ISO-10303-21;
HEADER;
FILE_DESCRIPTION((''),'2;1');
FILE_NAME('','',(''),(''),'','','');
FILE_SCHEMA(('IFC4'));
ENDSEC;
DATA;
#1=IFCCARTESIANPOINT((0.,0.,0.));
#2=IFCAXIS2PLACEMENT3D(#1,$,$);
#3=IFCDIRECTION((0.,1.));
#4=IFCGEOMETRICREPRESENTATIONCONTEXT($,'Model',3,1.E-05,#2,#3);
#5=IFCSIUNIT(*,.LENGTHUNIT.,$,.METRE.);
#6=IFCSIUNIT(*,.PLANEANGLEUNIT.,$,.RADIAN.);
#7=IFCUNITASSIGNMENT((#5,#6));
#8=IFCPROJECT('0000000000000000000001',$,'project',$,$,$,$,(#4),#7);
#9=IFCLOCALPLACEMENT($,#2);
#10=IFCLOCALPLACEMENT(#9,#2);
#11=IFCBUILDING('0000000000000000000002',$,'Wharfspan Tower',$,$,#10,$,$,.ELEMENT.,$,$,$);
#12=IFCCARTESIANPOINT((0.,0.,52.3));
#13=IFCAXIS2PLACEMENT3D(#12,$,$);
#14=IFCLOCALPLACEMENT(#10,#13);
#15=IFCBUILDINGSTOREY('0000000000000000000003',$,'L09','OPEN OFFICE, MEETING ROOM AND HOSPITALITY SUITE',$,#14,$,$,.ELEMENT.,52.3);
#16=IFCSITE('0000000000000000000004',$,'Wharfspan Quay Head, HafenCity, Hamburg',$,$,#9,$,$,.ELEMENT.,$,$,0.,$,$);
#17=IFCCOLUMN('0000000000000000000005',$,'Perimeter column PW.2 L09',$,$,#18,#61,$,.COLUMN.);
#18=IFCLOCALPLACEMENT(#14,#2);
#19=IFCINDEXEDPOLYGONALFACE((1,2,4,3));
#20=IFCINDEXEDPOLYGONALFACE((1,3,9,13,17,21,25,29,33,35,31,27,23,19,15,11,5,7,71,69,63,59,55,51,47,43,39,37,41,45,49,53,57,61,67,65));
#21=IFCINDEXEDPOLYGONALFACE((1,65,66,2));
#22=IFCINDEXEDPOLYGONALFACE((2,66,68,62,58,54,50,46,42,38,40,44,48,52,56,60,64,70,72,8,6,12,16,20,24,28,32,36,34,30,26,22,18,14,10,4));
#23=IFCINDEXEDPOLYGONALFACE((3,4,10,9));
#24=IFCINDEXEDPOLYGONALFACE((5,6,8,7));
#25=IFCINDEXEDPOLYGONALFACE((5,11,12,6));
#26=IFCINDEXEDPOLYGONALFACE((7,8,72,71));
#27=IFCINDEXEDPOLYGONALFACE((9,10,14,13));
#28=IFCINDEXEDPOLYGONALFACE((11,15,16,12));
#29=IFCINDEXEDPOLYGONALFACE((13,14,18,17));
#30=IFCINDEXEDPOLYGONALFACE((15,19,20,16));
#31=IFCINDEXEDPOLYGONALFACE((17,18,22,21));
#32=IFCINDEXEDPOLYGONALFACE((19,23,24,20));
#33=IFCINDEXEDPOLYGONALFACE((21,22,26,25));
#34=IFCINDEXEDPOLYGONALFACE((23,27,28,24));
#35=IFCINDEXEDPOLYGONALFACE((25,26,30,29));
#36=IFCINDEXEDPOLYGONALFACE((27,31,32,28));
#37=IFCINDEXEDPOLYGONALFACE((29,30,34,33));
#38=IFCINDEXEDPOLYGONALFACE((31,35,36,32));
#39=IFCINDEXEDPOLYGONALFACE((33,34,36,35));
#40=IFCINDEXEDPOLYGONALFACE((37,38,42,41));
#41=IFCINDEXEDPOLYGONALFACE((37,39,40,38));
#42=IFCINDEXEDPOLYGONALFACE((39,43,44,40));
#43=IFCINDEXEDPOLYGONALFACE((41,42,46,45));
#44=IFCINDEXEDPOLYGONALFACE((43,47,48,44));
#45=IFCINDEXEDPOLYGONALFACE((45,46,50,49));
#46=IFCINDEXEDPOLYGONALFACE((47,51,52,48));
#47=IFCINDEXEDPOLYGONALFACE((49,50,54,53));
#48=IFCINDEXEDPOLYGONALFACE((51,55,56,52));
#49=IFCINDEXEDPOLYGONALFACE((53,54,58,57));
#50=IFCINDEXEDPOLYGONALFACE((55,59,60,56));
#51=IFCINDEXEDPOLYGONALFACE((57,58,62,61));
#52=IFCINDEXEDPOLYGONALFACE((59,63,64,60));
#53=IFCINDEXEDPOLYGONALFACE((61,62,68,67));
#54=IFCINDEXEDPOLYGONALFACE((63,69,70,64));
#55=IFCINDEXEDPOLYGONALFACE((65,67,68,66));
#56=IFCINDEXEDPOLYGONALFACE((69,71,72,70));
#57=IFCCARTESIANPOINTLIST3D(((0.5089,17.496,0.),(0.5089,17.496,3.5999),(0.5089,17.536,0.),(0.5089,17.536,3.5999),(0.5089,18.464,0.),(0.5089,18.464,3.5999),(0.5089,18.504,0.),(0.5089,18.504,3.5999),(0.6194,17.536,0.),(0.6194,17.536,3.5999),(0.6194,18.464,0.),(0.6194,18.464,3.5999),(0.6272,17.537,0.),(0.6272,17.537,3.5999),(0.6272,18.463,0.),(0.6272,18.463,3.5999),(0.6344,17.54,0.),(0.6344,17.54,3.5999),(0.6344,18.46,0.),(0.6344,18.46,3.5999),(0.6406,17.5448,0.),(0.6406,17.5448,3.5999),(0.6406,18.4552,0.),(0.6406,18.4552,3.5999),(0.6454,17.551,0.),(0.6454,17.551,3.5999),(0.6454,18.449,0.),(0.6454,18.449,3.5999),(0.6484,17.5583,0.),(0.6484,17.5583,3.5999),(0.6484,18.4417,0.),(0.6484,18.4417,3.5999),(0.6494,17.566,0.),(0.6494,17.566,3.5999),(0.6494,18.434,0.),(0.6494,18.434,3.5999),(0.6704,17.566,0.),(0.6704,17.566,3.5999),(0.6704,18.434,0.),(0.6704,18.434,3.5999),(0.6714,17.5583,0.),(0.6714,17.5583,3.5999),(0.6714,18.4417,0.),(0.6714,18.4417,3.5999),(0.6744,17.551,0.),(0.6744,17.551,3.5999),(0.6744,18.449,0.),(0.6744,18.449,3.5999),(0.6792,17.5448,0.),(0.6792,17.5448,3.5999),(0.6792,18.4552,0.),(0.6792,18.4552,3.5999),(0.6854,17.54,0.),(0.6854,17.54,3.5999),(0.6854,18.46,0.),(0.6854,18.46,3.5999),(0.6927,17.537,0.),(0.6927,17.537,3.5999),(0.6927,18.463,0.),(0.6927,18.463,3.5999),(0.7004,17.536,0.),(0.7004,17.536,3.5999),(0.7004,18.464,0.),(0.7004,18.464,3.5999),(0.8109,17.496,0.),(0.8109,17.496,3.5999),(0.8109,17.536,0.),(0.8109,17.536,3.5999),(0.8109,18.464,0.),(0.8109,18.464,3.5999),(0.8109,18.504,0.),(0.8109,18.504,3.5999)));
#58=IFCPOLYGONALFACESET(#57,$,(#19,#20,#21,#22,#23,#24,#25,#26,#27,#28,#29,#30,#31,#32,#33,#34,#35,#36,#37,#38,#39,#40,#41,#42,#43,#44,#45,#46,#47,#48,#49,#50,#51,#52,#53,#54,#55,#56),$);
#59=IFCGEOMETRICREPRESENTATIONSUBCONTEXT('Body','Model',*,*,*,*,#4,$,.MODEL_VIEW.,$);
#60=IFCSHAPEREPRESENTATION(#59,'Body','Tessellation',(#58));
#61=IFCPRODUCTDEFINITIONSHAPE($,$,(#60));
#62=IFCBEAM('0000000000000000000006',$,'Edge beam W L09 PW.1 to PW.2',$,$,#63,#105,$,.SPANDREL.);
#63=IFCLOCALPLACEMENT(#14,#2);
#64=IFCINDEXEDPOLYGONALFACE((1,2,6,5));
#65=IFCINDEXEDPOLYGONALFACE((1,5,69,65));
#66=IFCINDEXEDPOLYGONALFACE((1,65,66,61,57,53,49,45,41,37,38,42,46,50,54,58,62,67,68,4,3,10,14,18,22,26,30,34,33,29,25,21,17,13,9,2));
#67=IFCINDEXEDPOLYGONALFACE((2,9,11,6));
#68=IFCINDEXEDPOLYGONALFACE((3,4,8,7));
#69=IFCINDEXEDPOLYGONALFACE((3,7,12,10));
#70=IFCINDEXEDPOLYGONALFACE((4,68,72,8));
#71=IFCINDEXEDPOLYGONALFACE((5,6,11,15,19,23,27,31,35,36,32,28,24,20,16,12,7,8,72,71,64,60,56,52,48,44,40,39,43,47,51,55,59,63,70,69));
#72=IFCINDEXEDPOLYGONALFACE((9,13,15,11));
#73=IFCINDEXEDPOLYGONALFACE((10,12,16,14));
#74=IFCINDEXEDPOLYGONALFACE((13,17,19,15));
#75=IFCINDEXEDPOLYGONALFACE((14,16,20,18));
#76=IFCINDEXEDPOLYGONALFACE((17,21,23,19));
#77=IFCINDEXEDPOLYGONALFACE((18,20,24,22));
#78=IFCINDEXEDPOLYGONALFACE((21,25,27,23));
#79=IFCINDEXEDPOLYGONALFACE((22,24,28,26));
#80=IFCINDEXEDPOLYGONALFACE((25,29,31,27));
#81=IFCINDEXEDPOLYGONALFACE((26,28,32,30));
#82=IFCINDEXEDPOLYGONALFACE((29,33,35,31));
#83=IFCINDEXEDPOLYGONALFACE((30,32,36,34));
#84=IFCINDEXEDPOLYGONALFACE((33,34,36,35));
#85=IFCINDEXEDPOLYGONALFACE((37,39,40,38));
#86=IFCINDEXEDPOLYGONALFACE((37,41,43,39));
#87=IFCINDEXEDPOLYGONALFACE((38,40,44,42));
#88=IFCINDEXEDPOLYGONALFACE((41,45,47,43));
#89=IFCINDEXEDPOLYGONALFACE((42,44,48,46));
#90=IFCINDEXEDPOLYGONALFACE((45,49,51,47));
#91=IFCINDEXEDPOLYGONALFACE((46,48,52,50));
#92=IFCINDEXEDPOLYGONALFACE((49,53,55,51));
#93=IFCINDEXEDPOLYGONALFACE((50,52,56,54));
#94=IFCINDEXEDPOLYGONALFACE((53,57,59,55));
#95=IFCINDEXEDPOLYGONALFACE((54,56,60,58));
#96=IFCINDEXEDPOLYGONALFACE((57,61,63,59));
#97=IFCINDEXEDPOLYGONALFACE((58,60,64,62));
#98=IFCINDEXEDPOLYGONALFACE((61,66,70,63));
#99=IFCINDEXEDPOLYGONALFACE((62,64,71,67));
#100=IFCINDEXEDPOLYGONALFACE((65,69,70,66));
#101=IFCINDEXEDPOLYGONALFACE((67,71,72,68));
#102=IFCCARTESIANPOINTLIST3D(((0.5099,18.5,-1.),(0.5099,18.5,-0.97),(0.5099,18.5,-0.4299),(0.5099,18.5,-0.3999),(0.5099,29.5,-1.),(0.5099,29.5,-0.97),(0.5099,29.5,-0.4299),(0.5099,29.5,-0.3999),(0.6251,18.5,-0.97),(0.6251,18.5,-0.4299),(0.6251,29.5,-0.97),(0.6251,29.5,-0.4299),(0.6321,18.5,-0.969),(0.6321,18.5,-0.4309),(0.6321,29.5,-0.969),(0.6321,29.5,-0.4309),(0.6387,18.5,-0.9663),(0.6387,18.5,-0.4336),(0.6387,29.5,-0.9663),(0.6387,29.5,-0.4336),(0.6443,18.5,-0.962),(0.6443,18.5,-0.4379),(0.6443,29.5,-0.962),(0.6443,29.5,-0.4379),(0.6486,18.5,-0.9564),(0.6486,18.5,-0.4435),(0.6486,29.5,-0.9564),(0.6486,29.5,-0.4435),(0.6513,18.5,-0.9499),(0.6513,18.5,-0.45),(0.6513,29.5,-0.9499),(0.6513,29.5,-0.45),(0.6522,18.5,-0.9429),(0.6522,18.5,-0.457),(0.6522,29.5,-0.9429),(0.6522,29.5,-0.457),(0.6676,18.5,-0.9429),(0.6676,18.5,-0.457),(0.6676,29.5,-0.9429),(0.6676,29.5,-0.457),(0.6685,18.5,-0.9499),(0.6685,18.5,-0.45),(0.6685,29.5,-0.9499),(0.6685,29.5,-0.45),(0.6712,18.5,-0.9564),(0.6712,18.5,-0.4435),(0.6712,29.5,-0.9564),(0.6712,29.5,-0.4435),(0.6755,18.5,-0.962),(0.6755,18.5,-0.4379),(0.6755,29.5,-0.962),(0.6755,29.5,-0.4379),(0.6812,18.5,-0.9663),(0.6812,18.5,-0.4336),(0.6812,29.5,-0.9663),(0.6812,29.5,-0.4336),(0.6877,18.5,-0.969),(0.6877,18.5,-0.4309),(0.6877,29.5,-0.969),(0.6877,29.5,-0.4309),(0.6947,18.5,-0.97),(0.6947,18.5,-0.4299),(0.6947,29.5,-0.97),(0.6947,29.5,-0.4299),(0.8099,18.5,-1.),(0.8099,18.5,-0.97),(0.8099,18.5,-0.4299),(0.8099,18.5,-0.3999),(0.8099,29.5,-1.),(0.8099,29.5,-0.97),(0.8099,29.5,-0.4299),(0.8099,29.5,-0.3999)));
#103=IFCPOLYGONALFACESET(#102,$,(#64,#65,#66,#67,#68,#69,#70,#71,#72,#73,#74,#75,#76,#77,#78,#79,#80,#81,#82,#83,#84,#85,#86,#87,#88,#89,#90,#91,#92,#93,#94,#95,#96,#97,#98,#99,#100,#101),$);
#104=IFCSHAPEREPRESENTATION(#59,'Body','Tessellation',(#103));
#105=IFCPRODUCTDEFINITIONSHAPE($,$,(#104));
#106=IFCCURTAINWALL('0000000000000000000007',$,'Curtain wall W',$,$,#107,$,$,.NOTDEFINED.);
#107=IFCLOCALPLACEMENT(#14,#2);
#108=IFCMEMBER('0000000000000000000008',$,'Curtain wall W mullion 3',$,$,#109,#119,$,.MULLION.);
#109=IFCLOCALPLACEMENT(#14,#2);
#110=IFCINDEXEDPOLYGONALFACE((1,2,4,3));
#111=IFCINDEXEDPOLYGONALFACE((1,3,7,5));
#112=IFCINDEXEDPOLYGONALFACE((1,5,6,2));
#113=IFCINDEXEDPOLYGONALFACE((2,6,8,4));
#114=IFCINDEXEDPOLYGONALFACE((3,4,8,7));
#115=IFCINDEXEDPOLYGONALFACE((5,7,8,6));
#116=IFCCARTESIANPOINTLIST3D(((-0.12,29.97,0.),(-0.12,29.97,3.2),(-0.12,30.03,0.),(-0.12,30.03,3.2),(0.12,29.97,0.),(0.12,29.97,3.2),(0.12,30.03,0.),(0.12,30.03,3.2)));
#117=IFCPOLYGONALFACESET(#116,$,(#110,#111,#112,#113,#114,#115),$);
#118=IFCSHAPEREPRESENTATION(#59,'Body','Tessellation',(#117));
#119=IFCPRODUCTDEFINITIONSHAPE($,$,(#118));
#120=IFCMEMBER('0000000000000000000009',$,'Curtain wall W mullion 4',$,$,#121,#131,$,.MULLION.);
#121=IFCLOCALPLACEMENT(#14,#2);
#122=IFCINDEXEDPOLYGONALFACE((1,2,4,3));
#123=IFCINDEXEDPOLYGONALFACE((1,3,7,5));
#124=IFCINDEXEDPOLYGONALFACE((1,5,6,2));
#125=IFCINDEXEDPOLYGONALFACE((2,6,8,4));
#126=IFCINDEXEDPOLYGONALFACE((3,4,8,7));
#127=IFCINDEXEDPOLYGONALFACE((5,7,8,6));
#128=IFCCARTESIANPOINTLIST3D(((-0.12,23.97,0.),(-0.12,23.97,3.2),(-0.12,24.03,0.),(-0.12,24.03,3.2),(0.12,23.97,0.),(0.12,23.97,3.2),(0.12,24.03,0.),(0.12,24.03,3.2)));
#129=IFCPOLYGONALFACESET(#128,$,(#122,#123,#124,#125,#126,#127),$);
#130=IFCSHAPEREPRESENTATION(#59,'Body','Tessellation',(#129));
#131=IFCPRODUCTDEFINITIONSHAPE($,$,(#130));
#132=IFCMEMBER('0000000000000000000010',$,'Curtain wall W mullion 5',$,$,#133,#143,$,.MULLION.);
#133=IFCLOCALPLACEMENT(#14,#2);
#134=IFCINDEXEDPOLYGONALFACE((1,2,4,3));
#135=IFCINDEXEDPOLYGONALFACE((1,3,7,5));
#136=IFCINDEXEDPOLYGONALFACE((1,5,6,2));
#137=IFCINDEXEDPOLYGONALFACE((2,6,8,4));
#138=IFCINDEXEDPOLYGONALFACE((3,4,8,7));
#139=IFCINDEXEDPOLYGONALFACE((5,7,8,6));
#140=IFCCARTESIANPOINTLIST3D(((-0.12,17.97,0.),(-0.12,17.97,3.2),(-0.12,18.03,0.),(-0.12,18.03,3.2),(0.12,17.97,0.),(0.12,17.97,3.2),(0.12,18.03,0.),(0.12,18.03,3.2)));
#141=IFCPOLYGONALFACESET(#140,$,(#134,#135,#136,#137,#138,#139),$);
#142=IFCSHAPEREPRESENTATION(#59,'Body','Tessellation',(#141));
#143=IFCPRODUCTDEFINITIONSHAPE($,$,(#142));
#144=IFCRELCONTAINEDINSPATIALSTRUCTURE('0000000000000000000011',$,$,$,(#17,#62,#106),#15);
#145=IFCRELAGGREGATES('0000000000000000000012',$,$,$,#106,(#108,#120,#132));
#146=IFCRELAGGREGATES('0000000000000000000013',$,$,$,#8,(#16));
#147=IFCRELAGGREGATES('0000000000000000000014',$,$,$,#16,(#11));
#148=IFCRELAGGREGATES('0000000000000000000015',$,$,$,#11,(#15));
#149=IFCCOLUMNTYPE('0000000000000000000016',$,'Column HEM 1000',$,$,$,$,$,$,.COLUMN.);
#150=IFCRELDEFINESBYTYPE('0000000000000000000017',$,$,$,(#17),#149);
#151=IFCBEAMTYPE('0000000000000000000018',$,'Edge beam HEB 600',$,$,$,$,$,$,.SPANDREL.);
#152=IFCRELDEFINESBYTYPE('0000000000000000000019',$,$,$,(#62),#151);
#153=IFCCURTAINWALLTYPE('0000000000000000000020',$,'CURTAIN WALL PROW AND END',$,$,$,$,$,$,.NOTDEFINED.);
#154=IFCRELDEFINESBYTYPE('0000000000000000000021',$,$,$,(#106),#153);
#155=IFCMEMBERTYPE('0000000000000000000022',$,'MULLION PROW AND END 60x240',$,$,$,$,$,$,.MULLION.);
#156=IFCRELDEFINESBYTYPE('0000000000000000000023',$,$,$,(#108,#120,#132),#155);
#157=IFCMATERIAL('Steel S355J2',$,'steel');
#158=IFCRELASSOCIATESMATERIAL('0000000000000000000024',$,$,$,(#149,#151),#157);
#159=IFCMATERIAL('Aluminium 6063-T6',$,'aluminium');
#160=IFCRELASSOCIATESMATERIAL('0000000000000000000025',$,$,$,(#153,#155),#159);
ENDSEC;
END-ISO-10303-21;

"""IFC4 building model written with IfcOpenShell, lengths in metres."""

from ifc_helpers import new_model, si_unit, direction, frame, origin, origin_2d, place, context, subcontext, project, spatial, rectangle, i_section, extrude, material, material_profile, profile_set, type_object, element, aggregate, save


model = new_model("IFC4")

# Units and contexts
model_context = context("Model", 3, precision=1e-05, world=origin(), true_north=direction((0.0, 1.0)))
body_context = subcontext(model_context, "Body", "Model", "MODEL_VIEW")
ifc_project = project(units=[si_unit("LENGTHUNIT", "METRE"), si_unit("PLANEANGLEUNIT", "RADIAN")], contexts=[model_context])

# Site, building, storey
site_placement = place(None, origin())
site = spatial("IfcSite", under=ifc_project, at=site_placement, Name="Wharfspan Quay Head, HafenCity, Hamburg", CompositionType="ELEMENT", RefElevation=0.0)
building_placement = place(site_placement, origin())
building = spatial("IfcBuilding", under=site, at=building_placement, Name="Wharfspan Tower", CompositionType="ELEMENT")
storey_placement = place(building_placement, frame((0.0, 0.0, 52.3)))
storey = spatial("IfcBuildingStorey", under=building, at=storey_placement, Name="L09", Description="OPEN OFFICE, MEETING ROOM AND HOSPITALITY SUITE", CompositionType="ELEMENT", Elevation=52.3)

# Column
ifc_material_1 = material(Name="Steel S355J2", Category="steel")
ifc_material_profile_1 = material_profile(ifc_material_1, i_section(OverallWidth=0.302, OverallDepth=1.0081, WebThickness=0.021, FlangeThickness=0.04, FilletRadius=0.03, at=origin_2d()))
ifc_profile_set_1 = profile_set([ifc_material_profile_1], Name="Steel S355J2")
column_type = type_object("IfcColumnType", Name="Column HEM 1000", PredefinedType="COLUMN", material=ifc_profile_set_1)
column_placement = place(storey_placement, frame((0.6599, 18.0, 0.0), z_axis=(0.0, 0.0, 1.0), x_axis=(-1.0, 0.0, 0.0)))
element("IfcColumn", 1, at=column_placement, inside=storey, type_object=column_type, Name="Perimeter column PW.2 L09", PredefinedType="COLUMN", context=body_context, shape_type="SweptSolid", body=[
    extrude(i_section(OverallWidth=0.302, OverallDepth=1.0081, WebThickness=0.021, FlangeThickness=0.04, FilletRadius=0.03, at=origin_2d()), origin(), (0.0, 0.0, 1.0), 3.5999),
])

# Beam
ifc_material_profile_2 = material_profile(ifc_material_1, i_section(OverallWidth=0.3, OverallDepth=0.6001, WebThickness=0.0154, FlangeThickness=0.03, FilletRadius=0.0271, at=origin_2d()))
ifc_profile_set_2 = profile_set([ifc_material_profile_2], Name="Steel S355J2")
beam_type = type_object("IfcBeamType", Name="Edge beam HEB 600", PredefinedType="SPANDREL", material=ifc_profile_set_2)
beam_placement = place(storey_placement, frame((0.6599, 29.5, -0.7), z_axis=(0.0, -1.0, 0.0), x_axis=(1.0, 0.0, 0.0)))
element("IfcBeam", 2, at=beam_placement, inside=storey, type_object=beam_type, Name="Edge beam W L09 PW.1 to PW.2", PredefinedType="SPANDREL", context=body_context, shape_type="SweptSolid", body=[
    extrude(i_section(OverallWidth=0.3, OverallDepth=0.6001, WebThickness=0.0154, FlangeThickness=0.03, FilletRadius=0.0271, at=origin_2d()), origin(), (0.0, 0.0, 1.0), 11.0),
])

# Curtain wall, members
ifc_material_2 = material(Name="Aluminium 6063-T6", Category="aluminium")
curtain_wall_type = type_object("IfcCurtainWallType", Name="CURTAIN WALL PROW AND END", PredefinedType="NOTDEFINED", material=ifc_material_2)
curtain_wall_placement = place(storey_placement, origin())
curtain_wall = element("IfcCurtainWall", 3, at=curtain_wall_placement, inside=storey, type_object=curtain_wall_type, Name="Curtain wall W", PredefinedType="NOTDEFINED")
ifc_material_profile_3 = material_profile(ifc_material_2, rectangle(XDim=0.24, YDim=0.0601, at=origin_2d()))
ifc_profile_set_3 = profile_set([ifc_material_profile_3], Name="Aluminium 6063-T6")
member_type_1 = type_object("IfcMemberType", Name="MULLION PROW AND END 60x240", PredefinedType="MULLION", material=ifc_profile_set_3)
member_1_placement = place(storey_placement, frame((0.0, 30.0, 0.0), z_axis=(0.0, 0.0, 1.0), x_axis=(1.0, 0.0, 0.0)))
member_1 = element("IfcMember", 4, at=member_1_placement, type_object=member_type_1, Name="Curtain wall W mullion 3", PredefinedType="MULLION", context=body_context, shape_type="SweptSolid", body=[
    extrude(rectangle(XDim=0.24, YDim=0.0601, at=origin_2d()), origin(), (0.0, 0.0, 1.0), 3.2),
])
member_2_placement = place(storey_placement, frame((0.0, 24.0, 0.0), z_axis=(0.0, 0.0, 1.0), x_axis=(1.0, 0.0, 0.0)))
member_2 = element("IfcMember", 5, at=member_2_placement, type_object=member_type_1, Name="Curtain wall W mullion 4", PredefinedType="MULLION", context=body_context, shape_type="SweptSolid", body=[
    extrude(rectangle(XDim=0.24, YDim=0.0601, at=origin_2d()), origin(), (0.0, 0.0, 1.0), 3.2),
])
member_3_placement = place(storey_placement, frame((0.0, 18.0, 0.0), z_axis=(0.0, 0.0, 1.0), x_axis=(1.0, 0.0, 0.0)))
member_3 = element("IfcMember", 6, at=member_3_placement, type_object=member_type_1, Name="Curtain wall W mullion 5", PredefinedType="MULLION", context=body_context, shape_type="SweptSolid", body=[
    extrude(rectangle(XDim=0.24, YDim=0.0601, at=origin_2d()), origin(), (0.0, 0.0, 1.0), 3.2),
])

aggregate(curtain_wall, [member_1, member_2, member_3])

save(model, "model.ifc")
